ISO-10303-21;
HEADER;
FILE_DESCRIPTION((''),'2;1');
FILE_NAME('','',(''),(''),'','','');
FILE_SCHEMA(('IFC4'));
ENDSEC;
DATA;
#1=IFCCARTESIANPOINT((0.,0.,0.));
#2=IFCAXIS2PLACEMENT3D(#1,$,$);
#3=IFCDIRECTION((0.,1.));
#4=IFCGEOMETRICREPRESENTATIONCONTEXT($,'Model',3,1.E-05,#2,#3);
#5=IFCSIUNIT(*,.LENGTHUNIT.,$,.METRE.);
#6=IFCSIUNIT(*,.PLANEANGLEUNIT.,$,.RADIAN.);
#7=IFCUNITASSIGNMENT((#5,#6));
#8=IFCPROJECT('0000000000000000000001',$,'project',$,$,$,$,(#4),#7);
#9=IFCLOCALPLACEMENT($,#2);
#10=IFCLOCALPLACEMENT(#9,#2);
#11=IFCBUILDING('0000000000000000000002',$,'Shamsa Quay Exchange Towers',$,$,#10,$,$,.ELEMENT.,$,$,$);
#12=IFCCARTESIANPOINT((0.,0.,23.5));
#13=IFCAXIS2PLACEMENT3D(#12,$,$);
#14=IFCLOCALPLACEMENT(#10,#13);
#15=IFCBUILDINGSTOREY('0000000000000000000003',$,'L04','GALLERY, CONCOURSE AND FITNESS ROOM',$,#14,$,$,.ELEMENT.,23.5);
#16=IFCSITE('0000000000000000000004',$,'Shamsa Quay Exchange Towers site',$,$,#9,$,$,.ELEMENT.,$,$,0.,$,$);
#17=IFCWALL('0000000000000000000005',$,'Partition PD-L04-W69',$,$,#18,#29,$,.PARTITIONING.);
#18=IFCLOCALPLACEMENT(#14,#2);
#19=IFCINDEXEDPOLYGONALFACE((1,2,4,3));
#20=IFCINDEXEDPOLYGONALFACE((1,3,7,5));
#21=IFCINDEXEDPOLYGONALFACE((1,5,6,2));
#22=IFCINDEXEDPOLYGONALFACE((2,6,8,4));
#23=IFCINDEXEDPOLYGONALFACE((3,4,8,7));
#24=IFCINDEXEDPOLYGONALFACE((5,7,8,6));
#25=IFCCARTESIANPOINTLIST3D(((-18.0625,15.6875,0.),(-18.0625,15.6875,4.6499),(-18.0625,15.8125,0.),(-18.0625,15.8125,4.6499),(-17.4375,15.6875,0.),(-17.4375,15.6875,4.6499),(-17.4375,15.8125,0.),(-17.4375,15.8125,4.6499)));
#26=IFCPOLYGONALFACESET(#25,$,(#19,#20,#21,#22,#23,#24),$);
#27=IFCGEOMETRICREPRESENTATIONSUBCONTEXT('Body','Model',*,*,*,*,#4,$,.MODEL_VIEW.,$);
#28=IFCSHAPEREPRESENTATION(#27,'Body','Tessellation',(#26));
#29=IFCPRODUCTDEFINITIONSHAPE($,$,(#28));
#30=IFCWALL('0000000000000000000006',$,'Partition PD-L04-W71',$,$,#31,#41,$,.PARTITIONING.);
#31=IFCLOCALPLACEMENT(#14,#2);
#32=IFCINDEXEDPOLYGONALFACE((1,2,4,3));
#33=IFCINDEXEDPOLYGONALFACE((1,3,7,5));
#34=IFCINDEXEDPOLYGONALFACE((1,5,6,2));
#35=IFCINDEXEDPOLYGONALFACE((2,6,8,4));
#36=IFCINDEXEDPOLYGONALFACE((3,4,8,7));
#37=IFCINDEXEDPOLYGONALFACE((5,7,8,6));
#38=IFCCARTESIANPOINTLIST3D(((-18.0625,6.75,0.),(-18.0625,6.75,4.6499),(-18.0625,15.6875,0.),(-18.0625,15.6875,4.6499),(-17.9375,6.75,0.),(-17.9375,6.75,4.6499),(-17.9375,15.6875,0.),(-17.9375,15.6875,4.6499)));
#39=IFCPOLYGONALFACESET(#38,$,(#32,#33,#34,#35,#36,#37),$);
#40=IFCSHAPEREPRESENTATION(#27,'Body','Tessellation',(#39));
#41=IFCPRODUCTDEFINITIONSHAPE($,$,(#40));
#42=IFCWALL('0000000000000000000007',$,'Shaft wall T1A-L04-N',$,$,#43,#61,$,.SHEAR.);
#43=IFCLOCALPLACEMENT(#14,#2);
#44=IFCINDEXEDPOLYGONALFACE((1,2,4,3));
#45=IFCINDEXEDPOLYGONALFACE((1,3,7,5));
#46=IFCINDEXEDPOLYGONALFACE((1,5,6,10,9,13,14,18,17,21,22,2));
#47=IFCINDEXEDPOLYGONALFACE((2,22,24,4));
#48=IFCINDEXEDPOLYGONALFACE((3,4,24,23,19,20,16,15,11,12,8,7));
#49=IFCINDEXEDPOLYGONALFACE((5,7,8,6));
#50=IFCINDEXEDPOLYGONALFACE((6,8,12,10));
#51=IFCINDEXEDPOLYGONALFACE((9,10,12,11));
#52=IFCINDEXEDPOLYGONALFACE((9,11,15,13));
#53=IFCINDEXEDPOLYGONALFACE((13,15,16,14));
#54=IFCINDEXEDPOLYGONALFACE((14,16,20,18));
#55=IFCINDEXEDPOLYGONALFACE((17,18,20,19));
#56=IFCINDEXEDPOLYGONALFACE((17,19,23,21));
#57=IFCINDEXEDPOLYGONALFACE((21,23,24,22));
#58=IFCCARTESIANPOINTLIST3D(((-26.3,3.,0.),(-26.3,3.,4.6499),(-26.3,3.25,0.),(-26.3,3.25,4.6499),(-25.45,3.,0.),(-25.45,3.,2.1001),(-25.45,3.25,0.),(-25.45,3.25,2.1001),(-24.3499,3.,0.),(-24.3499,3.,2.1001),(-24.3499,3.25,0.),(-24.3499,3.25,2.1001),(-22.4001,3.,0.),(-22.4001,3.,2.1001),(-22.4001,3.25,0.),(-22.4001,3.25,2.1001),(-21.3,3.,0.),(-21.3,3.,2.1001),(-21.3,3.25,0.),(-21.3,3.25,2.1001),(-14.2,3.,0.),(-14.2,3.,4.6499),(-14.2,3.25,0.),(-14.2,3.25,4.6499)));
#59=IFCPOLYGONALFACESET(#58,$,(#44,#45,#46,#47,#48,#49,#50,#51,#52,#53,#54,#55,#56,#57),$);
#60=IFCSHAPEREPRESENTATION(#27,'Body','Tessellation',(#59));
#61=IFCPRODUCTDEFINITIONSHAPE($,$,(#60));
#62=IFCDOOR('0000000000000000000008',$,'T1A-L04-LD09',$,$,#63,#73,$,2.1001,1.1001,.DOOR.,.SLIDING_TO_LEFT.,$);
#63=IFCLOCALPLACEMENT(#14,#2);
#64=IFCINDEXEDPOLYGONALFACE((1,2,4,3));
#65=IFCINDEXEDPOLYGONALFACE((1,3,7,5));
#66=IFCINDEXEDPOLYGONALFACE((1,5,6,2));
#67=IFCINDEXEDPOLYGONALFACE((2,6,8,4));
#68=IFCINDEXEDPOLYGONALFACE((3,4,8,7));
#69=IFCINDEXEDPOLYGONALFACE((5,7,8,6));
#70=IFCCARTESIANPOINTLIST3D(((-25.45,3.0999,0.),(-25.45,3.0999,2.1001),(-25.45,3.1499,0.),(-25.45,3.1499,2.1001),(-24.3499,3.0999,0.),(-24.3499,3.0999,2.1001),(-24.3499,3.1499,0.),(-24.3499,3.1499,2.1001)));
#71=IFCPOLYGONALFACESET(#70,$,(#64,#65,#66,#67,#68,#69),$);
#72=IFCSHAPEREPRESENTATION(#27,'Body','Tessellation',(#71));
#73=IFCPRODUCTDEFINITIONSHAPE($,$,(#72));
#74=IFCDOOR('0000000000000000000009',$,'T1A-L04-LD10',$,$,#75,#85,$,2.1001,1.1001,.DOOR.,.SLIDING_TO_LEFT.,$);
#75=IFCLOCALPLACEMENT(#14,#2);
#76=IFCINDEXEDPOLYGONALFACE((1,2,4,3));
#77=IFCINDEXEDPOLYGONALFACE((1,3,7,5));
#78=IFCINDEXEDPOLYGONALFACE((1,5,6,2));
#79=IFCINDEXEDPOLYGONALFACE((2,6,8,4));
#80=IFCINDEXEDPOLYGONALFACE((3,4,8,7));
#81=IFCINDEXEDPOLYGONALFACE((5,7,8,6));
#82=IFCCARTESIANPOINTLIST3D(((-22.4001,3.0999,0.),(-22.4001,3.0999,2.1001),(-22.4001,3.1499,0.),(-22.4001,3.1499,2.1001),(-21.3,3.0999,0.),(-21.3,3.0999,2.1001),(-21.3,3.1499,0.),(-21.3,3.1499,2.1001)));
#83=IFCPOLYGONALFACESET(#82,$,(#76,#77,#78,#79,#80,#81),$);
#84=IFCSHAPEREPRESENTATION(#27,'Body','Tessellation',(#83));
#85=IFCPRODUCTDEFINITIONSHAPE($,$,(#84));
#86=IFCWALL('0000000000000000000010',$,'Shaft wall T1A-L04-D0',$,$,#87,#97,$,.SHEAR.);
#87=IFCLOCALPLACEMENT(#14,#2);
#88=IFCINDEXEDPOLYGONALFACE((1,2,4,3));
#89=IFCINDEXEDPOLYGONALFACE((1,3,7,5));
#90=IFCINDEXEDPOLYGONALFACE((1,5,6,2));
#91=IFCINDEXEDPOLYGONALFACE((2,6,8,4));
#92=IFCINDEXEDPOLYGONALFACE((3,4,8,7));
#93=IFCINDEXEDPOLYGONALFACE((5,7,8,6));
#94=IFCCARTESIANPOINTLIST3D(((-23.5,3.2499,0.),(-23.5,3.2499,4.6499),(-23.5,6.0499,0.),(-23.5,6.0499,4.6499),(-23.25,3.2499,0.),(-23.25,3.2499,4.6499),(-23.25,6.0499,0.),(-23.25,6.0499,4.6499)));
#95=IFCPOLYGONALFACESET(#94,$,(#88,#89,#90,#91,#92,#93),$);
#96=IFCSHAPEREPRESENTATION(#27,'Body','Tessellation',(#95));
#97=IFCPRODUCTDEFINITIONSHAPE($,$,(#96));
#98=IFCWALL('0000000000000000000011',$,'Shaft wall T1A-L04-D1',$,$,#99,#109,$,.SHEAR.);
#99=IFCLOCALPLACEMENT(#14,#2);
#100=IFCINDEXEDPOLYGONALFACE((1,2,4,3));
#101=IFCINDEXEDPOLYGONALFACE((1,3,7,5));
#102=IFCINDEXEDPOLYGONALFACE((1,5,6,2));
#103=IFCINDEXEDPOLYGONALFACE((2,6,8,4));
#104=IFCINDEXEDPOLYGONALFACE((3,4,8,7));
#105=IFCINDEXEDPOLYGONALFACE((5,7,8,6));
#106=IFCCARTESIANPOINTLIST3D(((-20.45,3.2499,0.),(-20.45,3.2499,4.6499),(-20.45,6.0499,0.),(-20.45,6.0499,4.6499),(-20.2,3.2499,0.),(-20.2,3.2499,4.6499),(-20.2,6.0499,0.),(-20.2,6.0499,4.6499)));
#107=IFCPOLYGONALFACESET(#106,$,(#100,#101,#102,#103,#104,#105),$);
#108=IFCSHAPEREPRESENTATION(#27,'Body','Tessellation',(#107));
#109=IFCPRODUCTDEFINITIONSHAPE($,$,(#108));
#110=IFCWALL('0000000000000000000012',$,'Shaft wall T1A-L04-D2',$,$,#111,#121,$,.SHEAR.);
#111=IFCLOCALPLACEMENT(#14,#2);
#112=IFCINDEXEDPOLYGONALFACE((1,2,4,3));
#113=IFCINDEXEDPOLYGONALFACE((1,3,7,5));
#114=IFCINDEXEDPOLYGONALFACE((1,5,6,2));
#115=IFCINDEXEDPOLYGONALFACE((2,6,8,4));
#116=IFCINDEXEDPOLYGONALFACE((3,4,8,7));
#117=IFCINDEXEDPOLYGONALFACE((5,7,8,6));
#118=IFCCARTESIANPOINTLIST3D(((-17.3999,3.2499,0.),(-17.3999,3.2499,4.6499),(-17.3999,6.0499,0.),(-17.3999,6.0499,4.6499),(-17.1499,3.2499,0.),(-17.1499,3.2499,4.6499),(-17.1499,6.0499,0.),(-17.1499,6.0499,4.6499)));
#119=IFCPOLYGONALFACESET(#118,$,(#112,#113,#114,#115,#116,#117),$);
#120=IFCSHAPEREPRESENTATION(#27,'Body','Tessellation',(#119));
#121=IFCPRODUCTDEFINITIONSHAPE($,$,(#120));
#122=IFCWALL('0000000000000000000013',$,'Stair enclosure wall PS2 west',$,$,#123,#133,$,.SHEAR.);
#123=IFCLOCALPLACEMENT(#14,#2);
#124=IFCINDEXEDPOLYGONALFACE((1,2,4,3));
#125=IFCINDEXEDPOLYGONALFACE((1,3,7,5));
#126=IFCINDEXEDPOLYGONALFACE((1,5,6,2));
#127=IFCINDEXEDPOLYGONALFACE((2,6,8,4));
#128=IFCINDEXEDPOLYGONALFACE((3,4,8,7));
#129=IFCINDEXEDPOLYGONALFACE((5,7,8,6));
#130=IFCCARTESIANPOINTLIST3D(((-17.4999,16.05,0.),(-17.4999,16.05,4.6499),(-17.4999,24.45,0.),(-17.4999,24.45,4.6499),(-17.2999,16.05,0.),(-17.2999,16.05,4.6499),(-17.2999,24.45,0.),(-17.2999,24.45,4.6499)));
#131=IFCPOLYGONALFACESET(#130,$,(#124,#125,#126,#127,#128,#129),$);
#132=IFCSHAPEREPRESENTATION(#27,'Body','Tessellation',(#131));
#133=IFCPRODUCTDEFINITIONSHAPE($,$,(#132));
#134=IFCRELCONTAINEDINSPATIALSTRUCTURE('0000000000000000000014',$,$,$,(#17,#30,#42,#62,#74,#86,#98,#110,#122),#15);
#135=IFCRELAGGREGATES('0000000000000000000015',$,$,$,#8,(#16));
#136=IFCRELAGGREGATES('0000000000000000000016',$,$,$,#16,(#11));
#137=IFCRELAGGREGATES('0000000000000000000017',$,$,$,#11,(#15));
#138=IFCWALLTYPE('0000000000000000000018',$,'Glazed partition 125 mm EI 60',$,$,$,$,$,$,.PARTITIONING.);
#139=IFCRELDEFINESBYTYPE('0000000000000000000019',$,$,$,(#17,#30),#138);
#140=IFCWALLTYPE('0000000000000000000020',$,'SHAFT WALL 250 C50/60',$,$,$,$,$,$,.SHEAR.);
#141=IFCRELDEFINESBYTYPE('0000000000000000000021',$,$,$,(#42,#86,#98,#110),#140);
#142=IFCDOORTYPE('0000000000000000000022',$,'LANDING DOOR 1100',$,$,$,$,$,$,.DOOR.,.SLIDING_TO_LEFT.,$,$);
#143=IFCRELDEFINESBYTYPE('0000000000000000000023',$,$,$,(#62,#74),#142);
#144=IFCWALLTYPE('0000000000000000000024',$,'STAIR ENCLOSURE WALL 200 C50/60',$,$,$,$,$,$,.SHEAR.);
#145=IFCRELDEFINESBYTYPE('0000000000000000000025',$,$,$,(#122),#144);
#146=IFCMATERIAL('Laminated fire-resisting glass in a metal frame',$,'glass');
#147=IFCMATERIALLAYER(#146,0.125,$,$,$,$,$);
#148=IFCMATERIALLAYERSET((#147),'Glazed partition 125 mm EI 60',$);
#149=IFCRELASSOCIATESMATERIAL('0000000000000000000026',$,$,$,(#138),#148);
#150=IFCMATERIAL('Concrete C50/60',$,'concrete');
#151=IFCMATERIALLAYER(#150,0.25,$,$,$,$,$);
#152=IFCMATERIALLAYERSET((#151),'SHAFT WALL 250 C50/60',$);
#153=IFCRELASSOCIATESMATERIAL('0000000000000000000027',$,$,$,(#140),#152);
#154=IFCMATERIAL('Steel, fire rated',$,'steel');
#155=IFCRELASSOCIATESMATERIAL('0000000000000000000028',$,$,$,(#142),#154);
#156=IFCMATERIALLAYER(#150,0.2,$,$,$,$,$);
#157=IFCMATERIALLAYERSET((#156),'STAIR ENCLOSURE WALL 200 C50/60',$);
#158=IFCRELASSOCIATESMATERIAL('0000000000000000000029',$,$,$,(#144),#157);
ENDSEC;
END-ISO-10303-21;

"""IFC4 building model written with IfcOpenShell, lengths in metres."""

from ifc_helpers import new_model, si_unit, direction, frame, frame_2d, origin, place, context, subcontext, project, spatial, rectangle, extrude, material, layer, layer_set, type_object, element, fill, save


model = new_model("IFC4")

# Units and contexts
model_context = context("Model", 3, precision=1e-05, world=origin(), true_north=direction((0.0, 1.0)))
body_context = subcontext(model_context, "Body", "Model", "MODEL_VIEW")
ifc_project = project(units=[si_unit("LENGTHUNIT", "METRE"), si_unit("PLANEANGLEUNIT", "RADIAN")], contexts=[model_context])

# Site, building, storey
site_placement = place(None, origin())
site = spatial("IfcSite", under=ifc_project, at=site_placement, Name="Shamsa Quay Exchange Towers site", CompositionType="ELEMENT", RefElevation=0.0)
building_placement = place(site_placement, origin())
building = spatial("IfcBuilding", under=site, at=building_placement, Name="Shamsa Quay Exchange Towers", CompositionType="ELEMENT")
storey_placement = place(building_placement, frame((0.0, 0.0, 23.5)))
storey = spatial("IfcBuildingStorey", under=building, at=storey_placement, Name="L04", Description="GALLERY, CONCOURSE AND FITNESS ROOM", CompositionType="ELEMENT", Elevation=23.5)

# Shared definitions
ifc_material_1 = material(Name="Steel, fire rated", Category="steel")

# Shared definitions
ifc_material_2 = material(Name="Laminated fire-resisting glass in a metal frame", Category="glass")
ifc_layer_1 = layer(ifc_material_2, 0.125)
ifc_layer_set_1 = layer_set([ifc_layer_1], Name="Glazed partition 125 mm EI 60")
wall_type_1 = type_object("IfcWallType", Name="Glazed partition 125 mm EI 60", PredefinedType="PARTITIONING", material=ifc_layer_set_1)

# Walls
wall_1_placement = place(storey_placement, frame((-18.0625, 15.75, 0.0)))
element("IfcWall", 1, at=wall_1_placement, inside=storey, type_object=wall_type_1, Name="Partition PD-L04-W69", PredefinedType="PARTITIONING", context=body_context, shape_type="SweptSolid", body=[
    extrude(rectangle(XDim=0.625, YDim=0.125, at=frame_2d((0.3125, 0.0))), origin(), (0.0, 0.0, 1.0), 4.6499),
])
wall_2_placement = place(storey_placement, frame((-18.0, 6.75, 0.0), z_axis=(0.0, 0.0, 1.0), x_axis=(0.0, 1.0, 0.0)))
element("IfcWall", 2, at=wall_2_placement, inside=storey, type_object=wall_type_1, Name="Partition PD-L04-W71", PredefinedType="PARTITIONING", context=body_context, shape_type="SweptSolid", body=[
    extrude(rectangle(XDim=8.9375, YDim=0.125, at=frame_2d((4.4688, 0.0))), origin(), (0.0, 0.0, 1.0), 4.6499),
])

# Wall, openings, doors
ifc_material_3 = material(Name="Concrete C50/60", Category="concrete")
ifc_layer_2 = layer(ifc_material_3, 0.25)
ifc_layer_set_2 = layer_set([ifc_layer_2], Name="SHAFT WALL 250 C50/60")
wall_type_2 = type_object("IfcWallType", Name="SHAFT WALL 250 C50/60", PredefinedType="SHEAR", material=ifc_layer_set_2)
wall_3_placement = place(storey_placement, frame((-26.3, 3.125, 0.0)))
wall_3 = element("IfcWall", 3, at=wall_3_placement, inside=storey, type_object=wall_type_2, Name="Shaft wall T1A-L04-N", PredefinedType="SHEAR", context=body_context, shape_type="SweptSolid", body=[
    extrude(rectangle(XDim=12.1001, YDim=0.25, at=frame_2d((6.05, 0.0))), origin(), (0.0, 0.0, 1.0), 4.6499),
])
opening_1_placement = place(wall_3_placement, frame((0.8501, 0.0, 0.0)))
opening_1 = element("IfcOpeningElement", 4, at=opening_1_placement, cuts=wall_3, PredefinedType="OPENING", context=body_context, shape_type="SweptSolid", body=[
    extrude(rectangle(XDim=1.1001, YDim=2.1001, at=frame_2d((0.55, 1.05))), frame((0.0, 0.135, 0.0), z_axis=(0.0, -1.0, 0.0), x_axis=(1.0, 0.0, 0.0)), (0.0, 0.0, 1.0), 0.27),
])
opening_2_placement = place(wall_3_placement, frame((3.8999, 0.0, 0.0)))
opening_2 = element("IfcOpeningElement", 5, at=opening_2_placement, cuts=wall_3, PredefinedType="OPENING", context=body_context, shape_type="SweptSolid", body=[
    extrude(rectangle(XDim=1.1001, YDim=2.1001, at=frame_2d((0.55, 1.05))), frame((0.0, 0.135, 0.0), z_axis=(0.0, -1.0, 0.0), x_axis=(1.0, 0.0, 0.0)), (0.0, 0.0, 1.0), 0.27),
])
door_type_1 = type_object("IfcDoorType", Name="LANDING DOOR 1100", OperationType="SLIDING_TO_LEFT", PredefinedType="DOOR", material=ifc_material_1)
door_1_placement = place(opening_1_placement, origin())
door_1 = element("IfcDoor", 6, at=door_1_placement, inside=storey, type_object=door_type_1, Name="T1A-L04-LD09", OperationType="SLIDING_TO_LEFT", OverallHeight=2.1001, OverallWidth=1.1001, PredefinedType="DOOR", context=body_context, shape_type="SweptSolid", body=[
    extrude(rectangle(XDim=1.1001, YDim=2.1001, at=frame_2d((0.55, 1.05))), frame((0.0, 0.0249, 0.0), z_axis=(0.0, -1.0, 0.0), x_axis=(1.0, 0.0, 0.0)), (0.0, 0.0, 1.0), 0.05),
])
fill(opening_1, door_1)
door_2_placement = place(opening_2_placement, origin())
door_2 = element("IfcDoor", 7, at=door_2_placement, inside=storey, type_object=door_type_1, Name="T1A-L04-LD10", OperationType="SLIDING_TO_LEFT", OverallHeight=2.1001, OverallWidth=1.1001, PredefinedType="DOOR", context=body_context, shape_type="SweptSolid", body=[
    extrude(rectangle(XDim=1.1001, YDim=2.1001, at=frame_2d((0.55, 1.05))), frame((0.0, 0.0249, 0.0), z_axis=(0.0, -1.0, 0.0), x_axis=(1.0, 0.0, 0.0)), (0.0, 0.0, 1.0), 0.05),
])
fill(opening_2, door_2)

# Walls
for number, where, z_axis, x_axis, name in (
    (8, (-23.375, 3.25, 0.0), (0.0, 0.0, 1.0), (0.0, 1.0, 0.0), "Shaft wall T1A-L04-D0"),
    (9, (-20.325, 3.25, 0.0), (0.0, 0.0, 1.0), (0.0, 1.0, 0.0), "Shaft wall T1A-L04-D1"),
    (10, (-17.2749, 3.25, 0.0), (0.0, 0.0, 1.0), (0.0, 1.0, 0.0), "Shaft wall T1A-L04-D2"),
):
    element("IfcWall", number, at=place(storey_placement, frame(where, z_axis=z_axis, x_axis=x_axis)), inside=storey, type_object=wall_type_2, Name=name, PredefinedType="SHEAR", context=body_context, shape_type="SweptSolid", body=[
        extrude(rectangle(XDim=2.8, YDim=0.25, at=frame_2d((1.3999, 0.0))), origin(), (0.0, 0.0, 1.0), 4.6499),
    ])

# Shared definitions
ifc_layer_3 = layer(ifc_material_3, 0.2)
ifc_layer_set_3 = layer_set([ifc_layer_3], Name="STAIR ENCLOSURE WALL 200 C50/60")
wall_type_3 = type_object("IfcWallType", Name="STAIR ENCLOSURE WALL 200 C50/60", PredefinedType="SHEAR", material=ifc_layer_set_3)

# Wall
wall_4_placement = place(storey_placement, frame((-17.3999, 16.05, 0.0), z_axis=(0.0, 0.0, 1.0), x_axis=(0.0, 1.0, 0.0)))
element("IfcWall", 11, at=wall_4_placement, inside=storey, type_object=wall_type_3, Name="Stair enclosure wall PS2 west", PredefinedType="SHEAR", context=body_context, shape_type="SweptSolid", body=[
    extrude(rectangle(XDim=8.3999, YDim=0.2, at=frame_2d((4.2, 0.0))), origin(), (0.0, 0.0, 1.0), 4.6499),
])

save(model, "model.ifc")
